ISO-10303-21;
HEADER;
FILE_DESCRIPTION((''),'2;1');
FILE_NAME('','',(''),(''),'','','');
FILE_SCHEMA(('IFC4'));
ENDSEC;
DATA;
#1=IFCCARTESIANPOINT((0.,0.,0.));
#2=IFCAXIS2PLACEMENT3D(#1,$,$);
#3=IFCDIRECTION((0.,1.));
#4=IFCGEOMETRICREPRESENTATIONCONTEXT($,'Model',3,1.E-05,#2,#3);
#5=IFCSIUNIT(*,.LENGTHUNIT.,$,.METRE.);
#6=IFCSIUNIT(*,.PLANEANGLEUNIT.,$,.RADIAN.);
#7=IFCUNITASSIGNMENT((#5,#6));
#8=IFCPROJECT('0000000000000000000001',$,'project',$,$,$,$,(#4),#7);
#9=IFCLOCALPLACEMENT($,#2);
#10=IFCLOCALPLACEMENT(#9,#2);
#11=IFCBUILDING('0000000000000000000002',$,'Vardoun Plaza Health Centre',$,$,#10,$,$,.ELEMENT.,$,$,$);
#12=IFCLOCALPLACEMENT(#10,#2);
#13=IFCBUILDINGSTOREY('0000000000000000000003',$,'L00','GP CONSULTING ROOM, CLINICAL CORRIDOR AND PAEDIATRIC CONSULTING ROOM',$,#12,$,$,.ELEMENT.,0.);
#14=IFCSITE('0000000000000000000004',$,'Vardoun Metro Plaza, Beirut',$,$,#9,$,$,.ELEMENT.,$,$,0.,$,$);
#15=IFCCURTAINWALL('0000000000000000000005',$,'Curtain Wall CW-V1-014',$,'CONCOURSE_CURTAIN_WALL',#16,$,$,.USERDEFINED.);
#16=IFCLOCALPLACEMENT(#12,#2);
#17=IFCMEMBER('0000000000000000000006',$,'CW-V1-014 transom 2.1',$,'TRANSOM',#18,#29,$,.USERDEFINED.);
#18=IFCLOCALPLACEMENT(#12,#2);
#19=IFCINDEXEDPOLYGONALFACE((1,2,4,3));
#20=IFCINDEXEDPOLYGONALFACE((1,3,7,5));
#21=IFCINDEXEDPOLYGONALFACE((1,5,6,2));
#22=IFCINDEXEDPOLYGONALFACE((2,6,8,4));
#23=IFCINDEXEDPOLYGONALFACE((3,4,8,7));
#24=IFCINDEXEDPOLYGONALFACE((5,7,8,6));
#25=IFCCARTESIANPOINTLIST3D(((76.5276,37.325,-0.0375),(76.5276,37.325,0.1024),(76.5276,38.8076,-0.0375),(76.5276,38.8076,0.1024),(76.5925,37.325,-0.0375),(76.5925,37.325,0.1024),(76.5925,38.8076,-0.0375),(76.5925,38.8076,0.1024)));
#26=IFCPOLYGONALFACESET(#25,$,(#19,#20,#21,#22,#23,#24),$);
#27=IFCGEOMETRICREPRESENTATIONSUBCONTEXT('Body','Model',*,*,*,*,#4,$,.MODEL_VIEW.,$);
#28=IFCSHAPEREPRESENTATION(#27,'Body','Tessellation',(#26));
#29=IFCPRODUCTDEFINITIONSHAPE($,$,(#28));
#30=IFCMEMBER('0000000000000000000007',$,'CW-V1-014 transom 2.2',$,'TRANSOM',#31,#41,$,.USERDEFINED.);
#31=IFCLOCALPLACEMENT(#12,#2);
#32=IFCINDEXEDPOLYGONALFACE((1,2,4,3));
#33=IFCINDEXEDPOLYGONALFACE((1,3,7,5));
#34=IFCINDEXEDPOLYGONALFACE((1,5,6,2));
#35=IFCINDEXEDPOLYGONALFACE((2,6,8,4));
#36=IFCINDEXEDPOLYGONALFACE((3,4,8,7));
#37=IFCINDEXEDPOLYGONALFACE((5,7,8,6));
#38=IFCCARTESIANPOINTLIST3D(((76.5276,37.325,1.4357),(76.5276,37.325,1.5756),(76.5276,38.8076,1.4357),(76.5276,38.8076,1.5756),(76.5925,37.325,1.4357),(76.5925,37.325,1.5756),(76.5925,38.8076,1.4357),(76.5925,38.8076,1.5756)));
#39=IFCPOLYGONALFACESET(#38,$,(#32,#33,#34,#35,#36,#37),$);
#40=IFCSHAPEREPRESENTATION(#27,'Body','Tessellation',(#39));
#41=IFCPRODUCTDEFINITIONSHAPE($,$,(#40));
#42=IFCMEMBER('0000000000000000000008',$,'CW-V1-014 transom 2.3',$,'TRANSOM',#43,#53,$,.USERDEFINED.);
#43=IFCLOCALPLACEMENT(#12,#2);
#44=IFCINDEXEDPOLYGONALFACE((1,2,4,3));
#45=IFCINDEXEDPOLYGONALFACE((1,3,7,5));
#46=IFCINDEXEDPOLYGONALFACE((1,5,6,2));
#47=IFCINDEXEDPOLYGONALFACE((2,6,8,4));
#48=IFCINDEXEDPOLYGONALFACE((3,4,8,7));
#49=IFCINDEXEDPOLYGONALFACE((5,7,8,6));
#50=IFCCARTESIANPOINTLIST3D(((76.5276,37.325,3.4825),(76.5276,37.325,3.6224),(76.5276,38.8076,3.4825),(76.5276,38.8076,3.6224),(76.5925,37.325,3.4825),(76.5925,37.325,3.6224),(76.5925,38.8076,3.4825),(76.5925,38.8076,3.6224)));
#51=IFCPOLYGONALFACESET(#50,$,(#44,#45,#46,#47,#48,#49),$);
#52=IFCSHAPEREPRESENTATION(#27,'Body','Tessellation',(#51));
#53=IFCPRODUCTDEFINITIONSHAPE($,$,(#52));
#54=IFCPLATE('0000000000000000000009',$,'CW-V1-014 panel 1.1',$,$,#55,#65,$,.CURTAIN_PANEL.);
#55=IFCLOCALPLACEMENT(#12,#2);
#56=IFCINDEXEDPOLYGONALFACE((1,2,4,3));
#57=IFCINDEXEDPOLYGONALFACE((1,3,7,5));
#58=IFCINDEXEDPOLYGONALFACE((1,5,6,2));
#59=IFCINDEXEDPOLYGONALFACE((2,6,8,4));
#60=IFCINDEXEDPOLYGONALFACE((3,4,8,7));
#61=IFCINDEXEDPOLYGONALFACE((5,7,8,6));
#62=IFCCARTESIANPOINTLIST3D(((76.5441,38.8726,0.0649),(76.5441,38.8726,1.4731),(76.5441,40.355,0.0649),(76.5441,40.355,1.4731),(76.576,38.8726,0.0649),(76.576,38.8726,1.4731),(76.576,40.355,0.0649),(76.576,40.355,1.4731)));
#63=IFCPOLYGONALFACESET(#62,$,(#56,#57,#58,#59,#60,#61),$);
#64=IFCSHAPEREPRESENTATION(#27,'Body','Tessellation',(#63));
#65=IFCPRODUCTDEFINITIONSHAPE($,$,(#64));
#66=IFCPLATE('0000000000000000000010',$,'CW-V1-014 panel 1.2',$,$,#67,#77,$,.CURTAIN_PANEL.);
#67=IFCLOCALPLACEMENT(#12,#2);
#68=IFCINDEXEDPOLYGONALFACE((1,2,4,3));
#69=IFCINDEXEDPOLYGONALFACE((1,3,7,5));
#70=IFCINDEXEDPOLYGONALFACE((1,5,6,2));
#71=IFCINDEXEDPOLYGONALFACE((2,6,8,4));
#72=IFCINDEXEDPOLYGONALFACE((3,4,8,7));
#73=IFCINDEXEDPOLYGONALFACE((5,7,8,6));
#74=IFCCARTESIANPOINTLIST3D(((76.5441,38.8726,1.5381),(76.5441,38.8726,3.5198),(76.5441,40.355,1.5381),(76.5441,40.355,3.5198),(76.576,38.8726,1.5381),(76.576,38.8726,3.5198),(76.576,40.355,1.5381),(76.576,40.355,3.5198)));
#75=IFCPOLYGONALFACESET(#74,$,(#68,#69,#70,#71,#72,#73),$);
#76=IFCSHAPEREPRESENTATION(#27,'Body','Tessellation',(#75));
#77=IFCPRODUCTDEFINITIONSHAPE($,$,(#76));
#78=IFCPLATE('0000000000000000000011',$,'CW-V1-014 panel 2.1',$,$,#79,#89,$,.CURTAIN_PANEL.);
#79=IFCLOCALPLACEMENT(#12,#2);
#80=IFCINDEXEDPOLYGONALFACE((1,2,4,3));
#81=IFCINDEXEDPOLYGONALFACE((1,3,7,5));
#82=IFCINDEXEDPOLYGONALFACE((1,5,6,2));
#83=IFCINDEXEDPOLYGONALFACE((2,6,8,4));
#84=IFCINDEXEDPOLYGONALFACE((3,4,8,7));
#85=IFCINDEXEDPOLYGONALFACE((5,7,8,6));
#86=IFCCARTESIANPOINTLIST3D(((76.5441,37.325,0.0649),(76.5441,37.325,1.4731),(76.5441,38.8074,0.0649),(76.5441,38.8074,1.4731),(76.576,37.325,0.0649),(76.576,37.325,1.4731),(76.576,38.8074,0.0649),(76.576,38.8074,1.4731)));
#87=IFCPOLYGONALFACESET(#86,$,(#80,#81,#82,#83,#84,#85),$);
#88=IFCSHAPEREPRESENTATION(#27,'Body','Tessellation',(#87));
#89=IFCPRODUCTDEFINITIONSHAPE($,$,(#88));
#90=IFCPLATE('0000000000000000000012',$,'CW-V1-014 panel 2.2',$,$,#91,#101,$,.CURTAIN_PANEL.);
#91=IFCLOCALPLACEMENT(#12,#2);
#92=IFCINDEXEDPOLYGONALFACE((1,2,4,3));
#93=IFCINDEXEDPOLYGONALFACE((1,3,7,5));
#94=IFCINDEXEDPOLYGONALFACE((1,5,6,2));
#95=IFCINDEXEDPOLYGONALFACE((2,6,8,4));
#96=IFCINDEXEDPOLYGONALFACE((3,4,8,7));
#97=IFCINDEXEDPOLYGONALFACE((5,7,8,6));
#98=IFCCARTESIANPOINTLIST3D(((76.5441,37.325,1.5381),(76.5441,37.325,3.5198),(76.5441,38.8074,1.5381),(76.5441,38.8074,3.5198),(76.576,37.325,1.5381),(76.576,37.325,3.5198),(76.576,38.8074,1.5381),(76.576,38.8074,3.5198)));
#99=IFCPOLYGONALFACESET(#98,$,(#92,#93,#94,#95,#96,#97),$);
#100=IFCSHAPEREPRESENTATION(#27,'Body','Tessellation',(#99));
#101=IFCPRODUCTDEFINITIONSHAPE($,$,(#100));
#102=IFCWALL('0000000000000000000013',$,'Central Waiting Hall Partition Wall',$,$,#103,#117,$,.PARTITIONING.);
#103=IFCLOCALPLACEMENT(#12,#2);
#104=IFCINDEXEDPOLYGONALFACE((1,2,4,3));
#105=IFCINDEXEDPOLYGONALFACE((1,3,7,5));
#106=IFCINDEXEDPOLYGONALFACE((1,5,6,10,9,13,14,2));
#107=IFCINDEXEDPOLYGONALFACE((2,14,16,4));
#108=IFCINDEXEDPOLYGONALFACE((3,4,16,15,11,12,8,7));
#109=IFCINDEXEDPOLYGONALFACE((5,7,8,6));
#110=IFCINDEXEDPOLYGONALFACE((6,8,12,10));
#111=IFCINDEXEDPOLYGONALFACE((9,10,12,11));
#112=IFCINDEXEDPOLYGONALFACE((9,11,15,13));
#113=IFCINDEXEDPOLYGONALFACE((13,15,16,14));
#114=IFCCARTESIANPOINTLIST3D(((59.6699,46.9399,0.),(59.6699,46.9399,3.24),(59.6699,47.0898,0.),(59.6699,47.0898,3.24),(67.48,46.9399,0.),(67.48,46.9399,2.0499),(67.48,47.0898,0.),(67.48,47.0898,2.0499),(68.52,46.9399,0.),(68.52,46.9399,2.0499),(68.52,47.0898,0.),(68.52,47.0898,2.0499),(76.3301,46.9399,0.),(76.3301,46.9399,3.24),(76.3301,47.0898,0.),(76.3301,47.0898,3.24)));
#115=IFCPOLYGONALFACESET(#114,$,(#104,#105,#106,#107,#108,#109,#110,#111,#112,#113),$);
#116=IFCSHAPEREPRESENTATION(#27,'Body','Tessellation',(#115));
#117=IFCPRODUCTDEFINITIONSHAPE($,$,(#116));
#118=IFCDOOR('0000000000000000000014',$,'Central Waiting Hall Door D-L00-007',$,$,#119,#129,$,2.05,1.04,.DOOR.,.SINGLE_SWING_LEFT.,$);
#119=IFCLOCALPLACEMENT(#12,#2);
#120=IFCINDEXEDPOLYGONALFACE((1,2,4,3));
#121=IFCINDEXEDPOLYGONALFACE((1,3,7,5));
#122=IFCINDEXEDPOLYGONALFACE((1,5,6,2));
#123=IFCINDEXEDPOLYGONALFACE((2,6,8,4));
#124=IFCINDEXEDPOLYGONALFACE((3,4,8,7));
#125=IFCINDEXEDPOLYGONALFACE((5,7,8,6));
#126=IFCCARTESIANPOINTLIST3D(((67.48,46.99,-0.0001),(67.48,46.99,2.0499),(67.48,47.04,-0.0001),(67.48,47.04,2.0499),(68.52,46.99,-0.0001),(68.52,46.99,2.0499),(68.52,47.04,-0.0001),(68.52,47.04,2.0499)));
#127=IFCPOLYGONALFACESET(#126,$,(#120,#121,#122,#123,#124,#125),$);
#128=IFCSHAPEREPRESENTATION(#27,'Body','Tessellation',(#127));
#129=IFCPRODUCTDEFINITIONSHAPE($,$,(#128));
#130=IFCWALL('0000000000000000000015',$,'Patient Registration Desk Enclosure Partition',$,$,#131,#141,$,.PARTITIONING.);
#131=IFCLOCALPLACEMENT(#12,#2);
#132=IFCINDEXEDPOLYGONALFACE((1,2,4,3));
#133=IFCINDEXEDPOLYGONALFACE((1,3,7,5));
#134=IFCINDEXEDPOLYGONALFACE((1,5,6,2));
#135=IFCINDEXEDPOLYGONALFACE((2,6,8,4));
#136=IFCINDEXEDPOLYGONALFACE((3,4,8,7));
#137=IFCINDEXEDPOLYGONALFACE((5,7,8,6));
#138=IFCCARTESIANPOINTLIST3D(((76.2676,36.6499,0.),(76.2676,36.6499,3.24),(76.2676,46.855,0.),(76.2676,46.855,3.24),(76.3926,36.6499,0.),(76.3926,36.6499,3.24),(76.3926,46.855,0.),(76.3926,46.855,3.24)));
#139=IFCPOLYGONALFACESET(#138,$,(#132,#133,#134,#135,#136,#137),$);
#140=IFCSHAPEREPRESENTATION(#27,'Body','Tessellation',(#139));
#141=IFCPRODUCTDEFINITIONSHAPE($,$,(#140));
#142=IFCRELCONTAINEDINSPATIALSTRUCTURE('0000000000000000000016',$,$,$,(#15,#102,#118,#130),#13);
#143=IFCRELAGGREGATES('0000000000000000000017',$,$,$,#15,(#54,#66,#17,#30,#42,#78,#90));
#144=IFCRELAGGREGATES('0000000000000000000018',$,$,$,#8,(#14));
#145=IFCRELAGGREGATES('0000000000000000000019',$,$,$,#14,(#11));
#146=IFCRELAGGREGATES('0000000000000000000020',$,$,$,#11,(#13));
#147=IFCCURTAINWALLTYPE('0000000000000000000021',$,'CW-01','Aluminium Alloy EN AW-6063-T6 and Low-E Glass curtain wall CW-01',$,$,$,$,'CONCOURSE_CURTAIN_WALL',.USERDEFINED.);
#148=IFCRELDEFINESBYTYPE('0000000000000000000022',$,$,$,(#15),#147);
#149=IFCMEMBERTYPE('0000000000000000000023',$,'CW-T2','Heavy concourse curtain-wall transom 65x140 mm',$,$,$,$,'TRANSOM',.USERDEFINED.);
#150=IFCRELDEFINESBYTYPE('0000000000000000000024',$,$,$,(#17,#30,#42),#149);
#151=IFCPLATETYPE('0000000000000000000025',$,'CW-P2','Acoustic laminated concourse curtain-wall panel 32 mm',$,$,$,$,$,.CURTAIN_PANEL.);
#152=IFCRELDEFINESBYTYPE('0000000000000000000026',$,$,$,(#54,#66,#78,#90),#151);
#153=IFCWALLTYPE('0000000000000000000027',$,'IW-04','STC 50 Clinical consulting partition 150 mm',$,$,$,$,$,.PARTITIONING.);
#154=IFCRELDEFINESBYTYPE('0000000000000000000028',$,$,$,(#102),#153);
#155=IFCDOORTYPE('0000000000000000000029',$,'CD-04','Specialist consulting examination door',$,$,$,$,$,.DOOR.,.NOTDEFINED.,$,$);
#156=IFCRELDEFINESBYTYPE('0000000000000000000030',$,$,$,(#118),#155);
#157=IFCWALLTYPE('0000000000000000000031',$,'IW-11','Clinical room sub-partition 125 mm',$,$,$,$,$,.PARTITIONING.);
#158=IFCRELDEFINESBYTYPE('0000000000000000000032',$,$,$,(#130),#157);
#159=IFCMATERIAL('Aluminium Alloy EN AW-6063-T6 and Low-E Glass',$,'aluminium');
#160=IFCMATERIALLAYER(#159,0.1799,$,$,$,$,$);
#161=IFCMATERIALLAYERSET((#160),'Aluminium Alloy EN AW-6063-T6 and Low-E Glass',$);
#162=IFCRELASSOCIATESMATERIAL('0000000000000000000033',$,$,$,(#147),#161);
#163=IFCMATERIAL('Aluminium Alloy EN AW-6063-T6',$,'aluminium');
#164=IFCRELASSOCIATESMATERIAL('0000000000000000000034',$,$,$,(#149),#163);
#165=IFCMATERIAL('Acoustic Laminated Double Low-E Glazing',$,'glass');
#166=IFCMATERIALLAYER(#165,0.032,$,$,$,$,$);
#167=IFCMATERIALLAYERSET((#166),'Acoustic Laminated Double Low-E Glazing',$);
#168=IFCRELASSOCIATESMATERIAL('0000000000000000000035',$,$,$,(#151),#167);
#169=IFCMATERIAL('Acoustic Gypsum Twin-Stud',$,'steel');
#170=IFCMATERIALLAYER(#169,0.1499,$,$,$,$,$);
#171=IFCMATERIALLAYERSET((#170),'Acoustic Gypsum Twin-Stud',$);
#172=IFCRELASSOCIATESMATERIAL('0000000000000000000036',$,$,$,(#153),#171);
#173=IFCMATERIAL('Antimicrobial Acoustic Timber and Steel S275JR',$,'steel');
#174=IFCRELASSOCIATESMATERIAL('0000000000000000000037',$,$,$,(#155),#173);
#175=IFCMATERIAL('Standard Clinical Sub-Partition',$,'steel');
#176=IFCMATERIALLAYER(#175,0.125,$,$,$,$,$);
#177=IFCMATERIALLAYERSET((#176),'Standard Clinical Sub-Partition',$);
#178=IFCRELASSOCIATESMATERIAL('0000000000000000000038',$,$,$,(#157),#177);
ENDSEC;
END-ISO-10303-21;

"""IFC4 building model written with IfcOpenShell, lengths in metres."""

from ifc_helpers import new_model, si_unit, direction, frame, frame_2d, origin, origin_2d, place, context, subcontext, project, spatial, rectangle, extrude, material, layer, layer_set, material_profile, profile_set, type_object, element, fill, aggregate, save


model = new_model("IFC4")

# Units and contexts
model_context = context("Model", 3, precision=1e-05, world=origin(), true_north=direction((0.0, 1.0)))
body_context = subcontext(model_context, "Body", "Model", "MODEL_VIEW")
ifc_project = project(units=[si_unit("LENGTHUNIT", "METRE"), si_unit("PLANEANGLEUNIT", "RADIAN")], contexts=[model_context])

# Site, building, storey
site_placement = place(None, origin())
site = spatial("IfcSite", under=ifc_project, at=site_placement, Name="Vardoun Metro Plaza, Beirut", CompositionType="ELEMENT", RefElevation=0.0)
building_placement = place(site_placement, origin())
building = spatial("IfcBuilding", under=site, at=building_placement, Name="Vardoun Plaza Health Centre", CompositionType="ELEMENT")
storey_placement = place(building_placement, origin())
storey = spatial("IfcBuildingStorey", under=building, at=storey_placement, Name="L00", Description="GP CONSULTING ROOM, CLINICAL CORRIDOR AND PAEDIATRIC CONSULTING ROOM", CompositionType="ELEMENT", Elevation=0.0)

# Shared definitions
ifc_material_1 = material(Name="Aluminium Alloy EN AW-6063-T6 and Low-E Glass", Category="aluminium")
ifc_layer_1 = layer(ifc_material_1, 0.1799)
ifc_layer_set_1 = layer_set([ifc_layer_1], Name="Aluminium Alloy EN AW-6063-T6 and Low-E Glass")
curtain_wall_type = type_object("IfcCurtainWallType", Name="CW-01", Description="Aluminium Alloy EN AW-6063-T6 and Low-E Glass curtain wall CW-01", ElementType="CONCOURSE_CURTAIN_WALL", PredefinedType="USERDEFINED", material=ifc_layer_set_1)

# Curtain wall, members, plates
curtain_wall_1_placement = place(storey_placement, origin())
curtain_wall_1 = element("IfcCurtainWall", 1, at=curtain_wall_1_placement, inside=storey, type_object=curtain_wall_type, Name="Curtain Wall CW-V1-014", ObjectType="CONCOURSE_CURTAIN_WALL", PredefinedType="USERDEFINED")
ifc_material_2 = material(Name="Aluminium Alloy EN AW-6063-T6", Category="aluminium")
ifc_material_profile_1 = material_profile(ifc_material_2, rectangle(XDim=0.0649, YDim=0.1399, at=origin_2d()), Name="CWT 65x140")
ifc_profile_set_1 = profile_set([ifc_material_profile_1], Name="Aluminium Alloy EN AW-6063-T6")
member_type_1 = type_object("IfcMemberType", Name="CW-T2", Description="Heavy concourse curtain-wall transom 65x140 mm", ElementType="TRANSOM", PredefinedType="USERDEFINED", material=ifc_profile_set_1)
member_1_placement = place(storey_placement, frame((76.5601, 38.8076, 0.0325), z_axis=(0.0, -1.0, 0.0), x_axis=(1.0, 0.0, 0.0)))
member_1 = element("IfcMember", 2, at=member_1_placement, type_object=member_type_1, Name="CW-V1-014 transom 2.1", ObjectType="TRANSOM", PredefinedType="USERDEFINED", context=body_context, shape_type="SweptSolid", body=[
    extrude(rectangle(XDim=0.0649, YDim=0.1399, at=origin_2d()), origin(), (0.0, 0.0, 1.0), 1.4827),
])
member_2_placement = place(storey_placement, frame((76.5601, 38.8076, 1.5056), z_axis=(0.0, -1.0, 0.0), x_axis=(1.0, 0.0, 0.0)))
member_2 = element("IfcMember", 3, at=member_2_placement, type_object=member_type_1, Name="CW-V1-014 transom 2.2", ObjectType="TRANSOM", PredefinedType="USERDEFINED", context=body_context, shape_type="SweptSolid", body=[
    extrude(rectangle(XDim=0.0649, YDim=0.1399, at=origin_2d()), origin(), (0.0, 0.0, 1.0), 1.4827),
])
member_3_placement = place(storey_placement, frame((76.5601, 38.8076, 3.5525), z_axis=(0.0, -1.0, 0.0), x_axis=(1.0, 0.0, 0.0)))
member_3 = element("IfcMember", 4, at=member_3_placement, type_object=member_type_1, Name="CW-V1-014 transom 2.3", ObjectType="TRANSOM", PredefinedType="USERDEFINED", context=body_context, shape_type="SweptSolid", body=[
    extrude(rectangle(XDim=0.0649, YDim=0.1399, at=origin_2d()), origin(), (0.0, 0.0, 1.0), 1.4827),
])
ifc_material_3 = material(Name="Acoustic Laminated Double Low-E Glazing", Category="glass")
ifc_layer_2 = layer(ifc_material_3, 0.032)
ifc_layer_set_2 = layer_set([ifc_layer_2], Name="Acoustic Laminated Double Low-E Glazing")
plate_type = type_object("IfcPlateType", Name="CW-P2", Description="Acoustic laminated concourse curtain-wall panel 32 mm", PredefinedType="CURTAIN_PANEL", material=ifc_layer_set_2)
plate_1_placement = place(storey_placement, frame((76.5601, 39.6138, 0.0649), z_axis=(0.0, 0.0, 1.0), x_axis=(0.0, -1.0, 0.0)))
plate_1 = element("IfcPlate", 5, at=plate_1_placement, type_object=plate_type, Name="CW-V1-014 panel 1.1", PredefinedType="CURTAIN_PANEL", context=body_context, shape_type="SweptSolid", body=[
    extrude(rectangle(XDim=1.4824, YDim=0.032, at=origin_2d()), origin(), (0.0, 0.0, 1.0), 1.4082),
])
plate_2_placement = place(storey_placement, frame((76.5601, 39.6138, 1.5381), z_axis=(0.0, 0.0, 1.0), x_axis=(0.0, -1.0, 0.0)))
plate_2 = element("IfcPlate", 6, at=plate_2_placement, type_object=plate_type, Name="CW-V1-014 panel 1.2", PredefinedType="CURTAIN_PANEL", context=body_context, shape_type="SweptSolid", body=[
    extrude(rectangle(XDim=1.4824, YDim=0.032, at=origin_2d()), origin(), (0.0, 0.0, 1.0), 1.9817),
])
plate_3_placement = place(storey_placement, frame((76.5601, 38.0662, 0.0649), z_axis=(0.0, 0.0, 1.0), x_axis=(0.0, -1.0, 0.0)))
plate_3 = element("IfcPlate", 7, at=plate_3_placement, type_object=plate_type, Name="CW-V1-014 panel 2.1", PredefinedType="CURTAIN_PANEL", context=body_context, shape_type="SweptSolid", body=[
    extrude(rectangle(XDim=1.4824, YDim=0.032, at=origin_2d()), origin(), (0.0, 0.0, 1.0), 1.4082),
])
plate_4_placement = place(storey_placement, frame((76.5601, 38.0662, 1.5381), z_axis=(0.0, 0.0, 1.0), x_axis=(0.0, -1.0, 0.0)))
plate_4 = element("IfcPlate", 8, at=plate_4_placement, type_object=plate_type, Name="CW-V1-014 panel 2.2", PredefinedType="CURTAIN_PANEL", context=body_context, shape_type="SweptSolid", body=[
    extrude(rectangle(XDim=1.4824, YDim=0.032, at=origin_2d()), origin(), (0.0, 0.0, 1.0), 1.9817),
])
aggregate(curtain_wall_1, [plate_1, plate_2, member_1, member_2, member_3, plate_3, plate_4])

# Wall, opening, door
ifc_material_4 = material(Name="Acoustic Gypsum Twin-Stud", Category="steel")
ifc_layer_3 = layer(ifc_material_4, 0.1499)
ifc_layer_set_3 = layer_set([ifc_layer_3], Name="Acoustic Gypsum Twin-Stud")
wall_type_1 = type_object("IfcWallType", Name="IW-04", Description="STC 50 Clinical consulting partition 150 mm", PredefinedType="PARTITIONING", material=ifc_layer_set_3)
wall_1_placement = place(storey_placement, frame((76.3301, 47.0149, 0.0), z_axis=(0.0, 0.0, 1.0), x_axis=(-1.0, 0.0, 0.0)))
wall_1 = element("IfcWall", 9, at=wall_1_placement, inside=storey, type_object=wall_type_1, Name="Central Waiting Hall Partition Wall", PredefinedType="PARTITIONING", context=body_context, shape_type="SweptSolid", body=[
    extrude(rectangle(XDim=16.6602, YDim=0.1499, at=frame_2d((8.3301, 0.0))), origin(), (0.0, 0.0, 1.0), 3.24),
])
opening_placement = place(wall_1_placement, frame((7.8101, 0.0, 0.0)))
opening = element("IfcOpeningElement", 10, at=opening_placement, cuts=wall_1, PredefinedType="OPENING", context=body_context, shape_type="SweptSolid", body=[
    extrude(rectangle(XDim=1.04, YDim=2.05, at=frame_2d((0.52, 1.0249))), frame((0.0, 0.075, 0.0), z_axis=(0.0, -1.0, 0.0), x_axis=(1.0, 0.0, 0.0)), (0.0, 0.0, 1.0), 0.1499),
])
ifc_material_5 = material(Name="Antimicrobial Acoustic Timber and Steel S275JR", Category="steel")
door_type = type_object("IfcDoorType", Name="CD-04", Description="Specialist consulting examination door", OperationType="NOTDEFINED", PredefinedType="DOOR", material=ifc_material_5)
door_placement = place(opening_placement, origin())
door = element("IfcDoor", 11, at=door_placement, inside=storey, type_object=door_type, Name="Central Waiting Hall Door D-L00-007", OperationType="SINGLE_SWING_LEFT", OverallHeight=2.05, OverallWidth=1.04, PredefinedType="DOOR", context=body_context, shape_type="SweptSolid", body=[
    extrude(rectangle(XDim=1.04, YDim=2.05, at=frame_2d((0.52, 1.0249))), frame((0.0, 0.0249, 0.0), z_axis=(0.0, -1.0, 0.0), x_axis=(1.0, 0.0, 0.0)), (0.0, 0.0, 1.0), 0.05),
])
fill(opening, door)

# Wall
ifc_material_6 = material(Name="Standard Clinical Sub-Partition", Category="steel")
ifc_layer_4 = layer(ifc_material_6, 0.125)
ifc_layer_set_4 = layer_set([ifc_layer_4], Name="Standard Clinical Sub-Partition")
wall_type_2 = type_object("IfcWallType", Name="IW-11", Description="Clinical room sub-partition 125 mm", PredefinedType="PARTITIONING", material=ifc_layer_set_4)
wall_2_placement = place(storey_placement, frame((76.3301, 46.855, 0.0), z_axis=(0.0, 0.0, 1.0), x_axis=(0.0, -1.0, 0.0)))
element("IfcWall", 12, at=wall_2_placement, inside=storey, type_object=wall_type_2, Name="Patient Registration Desk Enclosure Partition", PredefinedType="PARTITIONING", context=body_context, shape_type="SweptSolid", body=[
    extrude(rectangle(XDim=10.2051, YDim=0.125, at=frame_2d((5.1025, 0.0))), origin(), (0.0, 0.0, 1.0), 3.24),
])

save(model, "model.ifc")
